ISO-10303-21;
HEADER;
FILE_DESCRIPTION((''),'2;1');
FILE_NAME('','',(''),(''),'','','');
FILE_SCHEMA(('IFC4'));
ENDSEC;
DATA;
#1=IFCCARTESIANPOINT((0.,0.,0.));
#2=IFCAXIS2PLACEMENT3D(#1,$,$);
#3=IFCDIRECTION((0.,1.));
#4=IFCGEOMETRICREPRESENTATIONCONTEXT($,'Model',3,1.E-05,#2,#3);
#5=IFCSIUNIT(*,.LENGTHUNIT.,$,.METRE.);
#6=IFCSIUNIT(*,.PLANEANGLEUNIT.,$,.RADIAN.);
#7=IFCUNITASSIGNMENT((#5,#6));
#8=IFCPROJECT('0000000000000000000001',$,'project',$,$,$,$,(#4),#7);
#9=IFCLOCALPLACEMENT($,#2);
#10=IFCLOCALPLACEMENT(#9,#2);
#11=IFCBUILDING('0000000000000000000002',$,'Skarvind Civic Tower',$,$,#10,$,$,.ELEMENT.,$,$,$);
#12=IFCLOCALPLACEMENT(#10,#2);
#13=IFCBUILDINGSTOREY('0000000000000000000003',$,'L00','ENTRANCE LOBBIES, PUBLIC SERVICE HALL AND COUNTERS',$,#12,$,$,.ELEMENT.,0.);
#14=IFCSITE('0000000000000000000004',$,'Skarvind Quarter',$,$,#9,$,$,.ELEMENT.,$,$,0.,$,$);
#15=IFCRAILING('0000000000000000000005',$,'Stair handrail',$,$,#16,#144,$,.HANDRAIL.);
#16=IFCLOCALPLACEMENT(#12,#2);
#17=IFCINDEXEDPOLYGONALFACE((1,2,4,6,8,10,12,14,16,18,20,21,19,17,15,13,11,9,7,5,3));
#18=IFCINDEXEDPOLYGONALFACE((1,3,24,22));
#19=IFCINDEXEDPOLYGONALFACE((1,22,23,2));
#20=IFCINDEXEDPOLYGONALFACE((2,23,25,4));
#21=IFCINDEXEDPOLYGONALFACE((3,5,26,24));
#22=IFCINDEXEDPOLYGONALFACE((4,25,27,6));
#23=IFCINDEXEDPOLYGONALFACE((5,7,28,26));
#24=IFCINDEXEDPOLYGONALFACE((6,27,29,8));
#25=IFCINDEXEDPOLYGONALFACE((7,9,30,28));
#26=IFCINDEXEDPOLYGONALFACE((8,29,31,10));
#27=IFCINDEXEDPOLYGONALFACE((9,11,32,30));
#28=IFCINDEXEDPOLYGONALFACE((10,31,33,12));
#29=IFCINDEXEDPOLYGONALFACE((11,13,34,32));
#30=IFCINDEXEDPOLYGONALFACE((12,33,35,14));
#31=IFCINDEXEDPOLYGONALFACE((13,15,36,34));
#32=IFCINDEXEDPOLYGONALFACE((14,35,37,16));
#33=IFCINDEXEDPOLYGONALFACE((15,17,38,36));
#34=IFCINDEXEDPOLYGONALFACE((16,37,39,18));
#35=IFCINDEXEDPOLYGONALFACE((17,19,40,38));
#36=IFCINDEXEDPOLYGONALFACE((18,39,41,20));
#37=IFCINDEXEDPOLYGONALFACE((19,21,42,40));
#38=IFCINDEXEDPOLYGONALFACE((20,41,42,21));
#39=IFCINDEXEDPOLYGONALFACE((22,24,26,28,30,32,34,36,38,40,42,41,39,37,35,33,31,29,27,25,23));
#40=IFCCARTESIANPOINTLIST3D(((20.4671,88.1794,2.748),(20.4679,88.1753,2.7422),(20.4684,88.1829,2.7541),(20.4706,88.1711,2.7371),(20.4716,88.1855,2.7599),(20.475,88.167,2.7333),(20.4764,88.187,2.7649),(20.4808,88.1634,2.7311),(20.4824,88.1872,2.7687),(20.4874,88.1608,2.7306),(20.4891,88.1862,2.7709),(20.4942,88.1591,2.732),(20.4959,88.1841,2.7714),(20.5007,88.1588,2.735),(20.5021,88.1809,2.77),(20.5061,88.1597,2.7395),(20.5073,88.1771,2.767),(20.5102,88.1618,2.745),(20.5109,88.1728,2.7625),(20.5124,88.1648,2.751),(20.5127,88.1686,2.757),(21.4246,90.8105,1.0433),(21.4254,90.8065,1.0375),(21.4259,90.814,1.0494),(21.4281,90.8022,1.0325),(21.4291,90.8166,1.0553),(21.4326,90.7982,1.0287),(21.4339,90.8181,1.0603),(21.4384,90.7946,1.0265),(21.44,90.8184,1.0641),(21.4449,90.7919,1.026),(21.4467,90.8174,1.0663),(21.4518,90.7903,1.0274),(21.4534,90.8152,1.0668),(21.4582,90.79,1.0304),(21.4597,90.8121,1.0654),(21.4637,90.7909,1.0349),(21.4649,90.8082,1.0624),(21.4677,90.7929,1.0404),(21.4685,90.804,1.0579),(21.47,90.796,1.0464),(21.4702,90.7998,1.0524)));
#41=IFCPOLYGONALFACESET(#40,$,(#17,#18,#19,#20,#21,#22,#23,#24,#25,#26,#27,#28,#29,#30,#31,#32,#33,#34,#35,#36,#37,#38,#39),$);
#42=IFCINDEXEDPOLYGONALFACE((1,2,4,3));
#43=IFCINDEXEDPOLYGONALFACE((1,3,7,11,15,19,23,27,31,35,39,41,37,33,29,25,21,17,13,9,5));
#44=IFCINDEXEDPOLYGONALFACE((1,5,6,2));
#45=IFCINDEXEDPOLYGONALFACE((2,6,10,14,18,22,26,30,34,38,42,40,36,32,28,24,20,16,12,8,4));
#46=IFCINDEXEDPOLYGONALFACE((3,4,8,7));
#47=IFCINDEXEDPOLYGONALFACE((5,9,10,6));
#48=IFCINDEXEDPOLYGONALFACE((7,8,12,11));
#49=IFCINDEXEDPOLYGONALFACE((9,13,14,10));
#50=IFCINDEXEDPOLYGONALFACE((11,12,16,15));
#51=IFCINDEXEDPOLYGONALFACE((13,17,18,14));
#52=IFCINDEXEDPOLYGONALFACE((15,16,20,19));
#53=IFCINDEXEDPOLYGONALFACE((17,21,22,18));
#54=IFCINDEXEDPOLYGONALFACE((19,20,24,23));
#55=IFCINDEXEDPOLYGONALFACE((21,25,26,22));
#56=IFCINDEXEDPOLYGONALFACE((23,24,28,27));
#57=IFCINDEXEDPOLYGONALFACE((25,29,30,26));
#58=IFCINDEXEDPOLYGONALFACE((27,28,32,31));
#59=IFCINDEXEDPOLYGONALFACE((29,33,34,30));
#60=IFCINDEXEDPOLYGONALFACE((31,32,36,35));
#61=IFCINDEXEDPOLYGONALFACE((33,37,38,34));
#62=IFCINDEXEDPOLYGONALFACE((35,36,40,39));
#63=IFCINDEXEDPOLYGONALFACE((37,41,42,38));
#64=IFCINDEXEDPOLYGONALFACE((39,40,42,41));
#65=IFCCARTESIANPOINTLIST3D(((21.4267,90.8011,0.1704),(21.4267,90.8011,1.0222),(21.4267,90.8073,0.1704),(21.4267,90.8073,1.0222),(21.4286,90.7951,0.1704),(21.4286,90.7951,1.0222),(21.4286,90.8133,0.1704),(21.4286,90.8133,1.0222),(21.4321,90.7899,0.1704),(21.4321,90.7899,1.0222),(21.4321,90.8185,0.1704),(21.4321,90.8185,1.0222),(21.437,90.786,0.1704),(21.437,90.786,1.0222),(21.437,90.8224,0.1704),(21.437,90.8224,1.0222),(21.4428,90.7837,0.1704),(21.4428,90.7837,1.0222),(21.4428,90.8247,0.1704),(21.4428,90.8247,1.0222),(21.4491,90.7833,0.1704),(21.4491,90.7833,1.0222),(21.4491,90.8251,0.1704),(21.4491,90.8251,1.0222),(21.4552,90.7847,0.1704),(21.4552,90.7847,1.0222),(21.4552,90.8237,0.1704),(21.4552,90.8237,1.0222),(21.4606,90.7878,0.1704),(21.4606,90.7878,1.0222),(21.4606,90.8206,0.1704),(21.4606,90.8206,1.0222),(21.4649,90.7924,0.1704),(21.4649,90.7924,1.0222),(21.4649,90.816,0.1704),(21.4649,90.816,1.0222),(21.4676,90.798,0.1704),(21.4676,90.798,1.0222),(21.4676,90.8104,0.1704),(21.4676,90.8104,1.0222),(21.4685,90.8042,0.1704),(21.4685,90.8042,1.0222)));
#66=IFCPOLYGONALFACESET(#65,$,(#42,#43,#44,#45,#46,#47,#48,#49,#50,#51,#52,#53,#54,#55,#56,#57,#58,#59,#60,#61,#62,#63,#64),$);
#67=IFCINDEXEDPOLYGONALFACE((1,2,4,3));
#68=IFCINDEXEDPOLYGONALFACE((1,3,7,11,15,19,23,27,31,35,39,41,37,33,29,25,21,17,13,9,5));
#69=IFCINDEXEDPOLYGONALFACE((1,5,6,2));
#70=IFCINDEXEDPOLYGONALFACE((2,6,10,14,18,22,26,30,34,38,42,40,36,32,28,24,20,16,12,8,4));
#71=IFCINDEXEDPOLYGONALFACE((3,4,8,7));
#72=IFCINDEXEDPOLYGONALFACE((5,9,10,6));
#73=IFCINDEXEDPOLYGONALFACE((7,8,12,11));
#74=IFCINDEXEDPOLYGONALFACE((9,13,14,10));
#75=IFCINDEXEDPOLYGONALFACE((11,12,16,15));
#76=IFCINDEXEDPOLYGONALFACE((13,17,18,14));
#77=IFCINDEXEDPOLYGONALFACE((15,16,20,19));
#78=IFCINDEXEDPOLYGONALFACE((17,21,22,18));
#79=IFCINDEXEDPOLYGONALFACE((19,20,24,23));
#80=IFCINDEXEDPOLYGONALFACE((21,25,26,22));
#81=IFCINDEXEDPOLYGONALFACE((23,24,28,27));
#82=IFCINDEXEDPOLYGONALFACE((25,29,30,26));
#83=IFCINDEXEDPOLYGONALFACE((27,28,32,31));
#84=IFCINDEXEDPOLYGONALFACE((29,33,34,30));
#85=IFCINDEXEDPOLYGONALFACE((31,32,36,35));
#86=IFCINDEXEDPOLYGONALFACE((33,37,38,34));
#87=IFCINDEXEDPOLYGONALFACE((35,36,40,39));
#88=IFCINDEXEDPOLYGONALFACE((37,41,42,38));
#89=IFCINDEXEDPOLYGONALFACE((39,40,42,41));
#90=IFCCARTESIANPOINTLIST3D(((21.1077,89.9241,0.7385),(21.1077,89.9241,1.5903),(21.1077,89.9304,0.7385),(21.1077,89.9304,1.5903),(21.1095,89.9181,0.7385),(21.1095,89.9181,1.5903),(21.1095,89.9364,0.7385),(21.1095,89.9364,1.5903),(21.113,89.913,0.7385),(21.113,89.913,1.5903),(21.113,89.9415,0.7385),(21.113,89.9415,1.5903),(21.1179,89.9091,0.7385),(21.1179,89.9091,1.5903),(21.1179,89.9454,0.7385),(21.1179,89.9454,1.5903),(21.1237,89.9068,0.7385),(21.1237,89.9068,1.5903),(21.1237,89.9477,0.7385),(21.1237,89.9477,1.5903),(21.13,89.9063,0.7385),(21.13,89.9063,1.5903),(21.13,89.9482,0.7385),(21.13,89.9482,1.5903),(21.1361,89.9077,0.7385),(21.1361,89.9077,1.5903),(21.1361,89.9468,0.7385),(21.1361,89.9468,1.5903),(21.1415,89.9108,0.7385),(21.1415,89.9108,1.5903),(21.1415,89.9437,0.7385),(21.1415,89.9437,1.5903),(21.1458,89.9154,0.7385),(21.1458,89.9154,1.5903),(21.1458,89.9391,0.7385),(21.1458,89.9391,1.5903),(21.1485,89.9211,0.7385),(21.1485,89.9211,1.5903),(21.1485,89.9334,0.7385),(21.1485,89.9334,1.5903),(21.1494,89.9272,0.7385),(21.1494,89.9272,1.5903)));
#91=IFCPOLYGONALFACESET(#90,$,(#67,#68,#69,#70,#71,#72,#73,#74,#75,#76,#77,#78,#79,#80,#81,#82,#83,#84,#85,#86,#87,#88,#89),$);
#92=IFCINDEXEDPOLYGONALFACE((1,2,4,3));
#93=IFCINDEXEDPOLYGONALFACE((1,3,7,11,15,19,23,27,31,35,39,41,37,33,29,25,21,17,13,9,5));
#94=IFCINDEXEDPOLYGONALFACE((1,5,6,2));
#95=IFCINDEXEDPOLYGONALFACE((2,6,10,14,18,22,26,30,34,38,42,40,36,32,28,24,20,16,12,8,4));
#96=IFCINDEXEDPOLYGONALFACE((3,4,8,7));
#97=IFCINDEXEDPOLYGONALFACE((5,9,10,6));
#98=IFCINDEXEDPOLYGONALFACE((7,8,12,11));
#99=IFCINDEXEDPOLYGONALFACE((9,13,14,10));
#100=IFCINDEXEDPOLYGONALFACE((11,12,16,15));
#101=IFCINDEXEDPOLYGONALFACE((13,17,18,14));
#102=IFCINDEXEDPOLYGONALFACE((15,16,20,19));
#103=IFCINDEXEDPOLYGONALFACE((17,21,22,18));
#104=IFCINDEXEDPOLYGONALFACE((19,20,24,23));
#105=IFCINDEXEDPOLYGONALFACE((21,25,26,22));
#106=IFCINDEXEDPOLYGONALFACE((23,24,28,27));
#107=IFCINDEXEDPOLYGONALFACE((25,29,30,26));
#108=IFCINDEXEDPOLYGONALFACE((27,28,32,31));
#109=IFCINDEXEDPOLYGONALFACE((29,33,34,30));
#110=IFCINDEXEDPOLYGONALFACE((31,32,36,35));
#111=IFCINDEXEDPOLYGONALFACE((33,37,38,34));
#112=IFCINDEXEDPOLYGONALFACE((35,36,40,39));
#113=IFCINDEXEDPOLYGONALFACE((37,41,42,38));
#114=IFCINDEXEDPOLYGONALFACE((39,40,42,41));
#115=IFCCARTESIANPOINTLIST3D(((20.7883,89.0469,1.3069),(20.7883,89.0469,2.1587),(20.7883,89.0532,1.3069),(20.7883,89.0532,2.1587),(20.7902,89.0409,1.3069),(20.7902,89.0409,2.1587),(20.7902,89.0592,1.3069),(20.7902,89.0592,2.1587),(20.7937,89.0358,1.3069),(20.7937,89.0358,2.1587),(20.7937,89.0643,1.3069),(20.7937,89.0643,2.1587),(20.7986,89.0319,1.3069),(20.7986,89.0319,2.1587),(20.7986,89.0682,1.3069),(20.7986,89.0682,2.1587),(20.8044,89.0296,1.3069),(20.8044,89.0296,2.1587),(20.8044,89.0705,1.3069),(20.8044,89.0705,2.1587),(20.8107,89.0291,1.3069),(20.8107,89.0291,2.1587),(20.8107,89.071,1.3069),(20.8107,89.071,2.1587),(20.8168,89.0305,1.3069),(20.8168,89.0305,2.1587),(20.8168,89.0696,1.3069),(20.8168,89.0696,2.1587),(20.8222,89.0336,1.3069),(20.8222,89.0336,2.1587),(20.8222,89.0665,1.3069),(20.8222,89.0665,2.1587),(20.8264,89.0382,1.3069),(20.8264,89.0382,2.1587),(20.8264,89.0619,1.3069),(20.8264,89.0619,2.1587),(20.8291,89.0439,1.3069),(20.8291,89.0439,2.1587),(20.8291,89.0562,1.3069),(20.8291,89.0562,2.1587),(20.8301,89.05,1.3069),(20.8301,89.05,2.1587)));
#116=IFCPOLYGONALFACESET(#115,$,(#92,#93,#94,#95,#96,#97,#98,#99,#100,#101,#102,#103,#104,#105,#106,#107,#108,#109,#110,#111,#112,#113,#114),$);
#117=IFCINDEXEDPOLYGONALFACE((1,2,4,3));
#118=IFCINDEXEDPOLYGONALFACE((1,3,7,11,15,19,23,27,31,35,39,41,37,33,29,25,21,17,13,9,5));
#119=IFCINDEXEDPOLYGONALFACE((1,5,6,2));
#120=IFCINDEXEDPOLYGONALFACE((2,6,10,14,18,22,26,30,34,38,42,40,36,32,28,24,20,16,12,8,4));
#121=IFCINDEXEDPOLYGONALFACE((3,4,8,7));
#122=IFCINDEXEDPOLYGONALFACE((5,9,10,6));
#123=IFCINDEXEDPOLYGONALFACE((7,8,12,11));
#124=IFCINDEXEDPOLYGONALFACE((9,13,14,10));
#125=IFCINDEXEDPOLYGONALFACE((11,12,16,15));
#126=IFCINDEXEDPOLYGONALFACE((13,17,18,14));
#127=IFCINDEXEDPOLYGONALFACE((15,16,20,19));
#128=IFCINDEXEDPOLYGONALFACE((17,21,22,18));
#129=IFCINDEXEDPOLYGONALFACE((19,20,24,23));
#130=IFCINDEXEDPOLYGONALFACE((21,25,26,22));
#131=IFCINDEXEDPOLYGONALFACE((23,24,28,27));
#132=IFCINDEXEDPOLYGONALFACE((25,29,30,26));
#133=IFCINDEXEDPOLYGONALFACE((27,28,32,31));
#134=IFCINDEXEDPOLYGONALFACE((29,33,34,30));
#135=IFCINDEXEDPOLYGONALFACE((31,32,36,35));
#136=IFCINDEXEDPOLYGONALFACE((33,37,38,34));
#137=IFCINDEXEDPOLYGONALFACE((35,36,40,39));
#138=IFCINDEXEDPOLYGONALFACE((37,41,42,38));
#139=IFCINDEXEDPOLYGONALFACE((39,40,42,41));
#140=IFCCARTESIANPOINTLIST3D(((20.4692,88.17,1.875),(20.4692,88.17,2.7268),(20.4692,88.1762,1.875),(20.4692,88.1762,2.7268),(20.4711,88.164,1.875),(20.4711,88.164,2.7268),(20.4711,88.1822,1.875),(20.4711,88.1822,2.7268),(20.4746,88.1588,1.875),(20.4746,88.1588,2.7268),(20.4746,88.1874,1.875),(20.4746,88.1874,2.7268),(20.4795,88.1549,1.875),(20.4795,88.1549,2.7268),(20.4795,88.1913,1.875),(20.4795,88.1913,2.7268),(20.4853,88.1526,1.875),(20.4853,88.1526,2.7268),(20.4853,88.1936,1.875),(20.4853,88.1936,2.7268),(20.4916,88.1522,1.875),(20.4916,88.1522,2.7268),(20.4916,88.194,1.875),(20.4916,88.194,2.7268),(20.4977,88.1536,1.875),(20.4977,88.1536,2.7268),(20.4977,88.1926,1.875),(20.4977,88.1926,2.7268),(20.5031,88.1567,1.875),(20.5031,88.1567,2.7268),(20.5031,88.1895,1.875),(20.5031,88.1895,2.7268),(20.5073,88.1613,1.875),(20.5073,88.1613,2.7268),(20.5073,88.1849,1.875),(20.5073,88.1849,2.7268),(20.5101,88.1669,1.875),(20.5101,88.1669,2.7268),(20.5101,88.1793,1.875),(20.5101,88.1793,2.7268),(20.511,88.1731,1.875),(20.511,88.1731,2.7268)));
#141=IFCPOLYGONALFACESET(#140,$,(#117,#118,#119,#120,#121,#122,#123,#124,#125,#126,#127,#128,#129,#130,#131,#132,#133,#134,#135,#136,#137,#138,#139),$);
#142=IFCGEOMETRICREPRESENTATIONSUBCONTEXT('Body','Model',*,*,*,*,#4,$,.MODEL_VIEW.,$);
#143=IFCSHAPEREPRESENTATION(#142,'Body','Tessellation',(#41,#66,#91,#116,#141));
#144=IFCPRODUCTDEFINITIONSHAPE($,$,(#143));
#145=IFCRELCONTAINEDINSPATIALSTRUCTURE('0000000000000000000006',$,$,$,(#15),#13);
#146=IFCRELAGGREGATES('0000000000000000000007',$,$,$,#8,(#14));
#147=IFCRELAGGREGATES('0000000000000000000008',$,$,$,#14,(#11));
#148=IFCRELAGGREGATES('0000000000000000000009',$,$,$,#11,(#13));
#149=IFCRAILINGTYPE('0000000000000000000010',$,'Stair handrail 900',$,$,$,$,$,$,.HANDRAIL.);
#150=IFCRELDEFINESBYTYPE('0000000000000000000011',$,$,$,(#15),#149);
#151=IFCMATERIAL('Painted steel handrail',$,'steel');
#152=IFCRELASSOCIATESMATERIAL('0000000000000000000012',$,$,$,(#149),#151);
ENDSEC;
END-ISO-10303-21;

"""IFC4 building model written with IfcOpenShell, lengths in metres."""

from ifc_helpers import new_model, si_unit, direction, frame, origin, origin_2d, place, context, subcontext, project, spatial, circle, extrude, material, type_object, element, save


model = new_model("IFC4")

# Units and contexts
model_context = context("Model", 3, precision=1e-05, world=origin(), true_north=direction((0.0, 1.0)))
body_context = subcontext(model_context, "Body", "Model", "MODEL_VIEW")
ifc_project = project(units=[si_unit("LENGTHUNIT", "METRE"), si_unit("PLANEANGLEUNIT", "RADIAN")], contexts=[model_context])

# Site, building, storey
site_placement = place(None, origin())
site = spatial("IfcSite", under=ifc_project, at=site_placement, Name="Skarvind Quarter", CompositionType="ELEMENT", RefElevation=0.0)
building_placement = place(site_placement, origin())
building = spatial("IfcBuilding", under=site, at=building_placement, Name="Skarvind Civic Tower", CompositionType="ELEMENT")
storey_placement = place(building_placement, origin())
storey = spatial("IfcBuildingStorey", under=building, at=storey_placement, Name="L00", Description="ENTRANCE LOBBIES, PUBLIC SERVICE HALL AND COUNTERS", CompositionType="ELEMENT", Elevation=0.0)

# Railing
ifc_material_1 = material(Name="Painted steel handrail", Category="steel")
railing_type = type_object("IfcRailingType", Name="Stair handrail 900", PredefinedType="HANDRAIL", material=ifc_material_1)
for number, where, name in (
    (1, (21.4475, 90.8042, 0.1704), "Stair handrail"),
):
    element("IfcRailing", number, at=place(storey_placement, frame(where)), inside=storey, type_object=railing_type, Name=name, PredefinedType="HANDRAIL", context=body_context, shape_type="SweptSolid", body=[
        extrude(circle(Radius=0.0239, at=origin_2d()), frame((0.0, 0.0, 0.876), z_axis=(-0.292106, -0.802659, 0.520012), x_axis=(0.939707, -0.341981, 0.0)), (0.0, 0.0, 1.0), 3.2781),
        extrude(circle(Radius=0.021, at=origin_2d()), origin(), (0.0, 0.0, 1.0), 0.8518),
        extrude(circle(Radius=0.021, at=origin_2d()), frame((-0.3191, -0.877, 0.5681)), (0.0, 0.0, 1.0), 0.8518),
        extrude(circle(Radius=0.021, at=origin_2d()), frame((-0.6384, -1.7542, 1.1365)), (0.0, 0.0, 1.0), 0.8518),
        extrude(circle(Radius=0.021, at=origin_2d()), frame((-0.9575, -2.6311, 1.7046)), (0.0, 0.0, 1.0), 0.8518),
    ])

save(model, "model.ifc")
